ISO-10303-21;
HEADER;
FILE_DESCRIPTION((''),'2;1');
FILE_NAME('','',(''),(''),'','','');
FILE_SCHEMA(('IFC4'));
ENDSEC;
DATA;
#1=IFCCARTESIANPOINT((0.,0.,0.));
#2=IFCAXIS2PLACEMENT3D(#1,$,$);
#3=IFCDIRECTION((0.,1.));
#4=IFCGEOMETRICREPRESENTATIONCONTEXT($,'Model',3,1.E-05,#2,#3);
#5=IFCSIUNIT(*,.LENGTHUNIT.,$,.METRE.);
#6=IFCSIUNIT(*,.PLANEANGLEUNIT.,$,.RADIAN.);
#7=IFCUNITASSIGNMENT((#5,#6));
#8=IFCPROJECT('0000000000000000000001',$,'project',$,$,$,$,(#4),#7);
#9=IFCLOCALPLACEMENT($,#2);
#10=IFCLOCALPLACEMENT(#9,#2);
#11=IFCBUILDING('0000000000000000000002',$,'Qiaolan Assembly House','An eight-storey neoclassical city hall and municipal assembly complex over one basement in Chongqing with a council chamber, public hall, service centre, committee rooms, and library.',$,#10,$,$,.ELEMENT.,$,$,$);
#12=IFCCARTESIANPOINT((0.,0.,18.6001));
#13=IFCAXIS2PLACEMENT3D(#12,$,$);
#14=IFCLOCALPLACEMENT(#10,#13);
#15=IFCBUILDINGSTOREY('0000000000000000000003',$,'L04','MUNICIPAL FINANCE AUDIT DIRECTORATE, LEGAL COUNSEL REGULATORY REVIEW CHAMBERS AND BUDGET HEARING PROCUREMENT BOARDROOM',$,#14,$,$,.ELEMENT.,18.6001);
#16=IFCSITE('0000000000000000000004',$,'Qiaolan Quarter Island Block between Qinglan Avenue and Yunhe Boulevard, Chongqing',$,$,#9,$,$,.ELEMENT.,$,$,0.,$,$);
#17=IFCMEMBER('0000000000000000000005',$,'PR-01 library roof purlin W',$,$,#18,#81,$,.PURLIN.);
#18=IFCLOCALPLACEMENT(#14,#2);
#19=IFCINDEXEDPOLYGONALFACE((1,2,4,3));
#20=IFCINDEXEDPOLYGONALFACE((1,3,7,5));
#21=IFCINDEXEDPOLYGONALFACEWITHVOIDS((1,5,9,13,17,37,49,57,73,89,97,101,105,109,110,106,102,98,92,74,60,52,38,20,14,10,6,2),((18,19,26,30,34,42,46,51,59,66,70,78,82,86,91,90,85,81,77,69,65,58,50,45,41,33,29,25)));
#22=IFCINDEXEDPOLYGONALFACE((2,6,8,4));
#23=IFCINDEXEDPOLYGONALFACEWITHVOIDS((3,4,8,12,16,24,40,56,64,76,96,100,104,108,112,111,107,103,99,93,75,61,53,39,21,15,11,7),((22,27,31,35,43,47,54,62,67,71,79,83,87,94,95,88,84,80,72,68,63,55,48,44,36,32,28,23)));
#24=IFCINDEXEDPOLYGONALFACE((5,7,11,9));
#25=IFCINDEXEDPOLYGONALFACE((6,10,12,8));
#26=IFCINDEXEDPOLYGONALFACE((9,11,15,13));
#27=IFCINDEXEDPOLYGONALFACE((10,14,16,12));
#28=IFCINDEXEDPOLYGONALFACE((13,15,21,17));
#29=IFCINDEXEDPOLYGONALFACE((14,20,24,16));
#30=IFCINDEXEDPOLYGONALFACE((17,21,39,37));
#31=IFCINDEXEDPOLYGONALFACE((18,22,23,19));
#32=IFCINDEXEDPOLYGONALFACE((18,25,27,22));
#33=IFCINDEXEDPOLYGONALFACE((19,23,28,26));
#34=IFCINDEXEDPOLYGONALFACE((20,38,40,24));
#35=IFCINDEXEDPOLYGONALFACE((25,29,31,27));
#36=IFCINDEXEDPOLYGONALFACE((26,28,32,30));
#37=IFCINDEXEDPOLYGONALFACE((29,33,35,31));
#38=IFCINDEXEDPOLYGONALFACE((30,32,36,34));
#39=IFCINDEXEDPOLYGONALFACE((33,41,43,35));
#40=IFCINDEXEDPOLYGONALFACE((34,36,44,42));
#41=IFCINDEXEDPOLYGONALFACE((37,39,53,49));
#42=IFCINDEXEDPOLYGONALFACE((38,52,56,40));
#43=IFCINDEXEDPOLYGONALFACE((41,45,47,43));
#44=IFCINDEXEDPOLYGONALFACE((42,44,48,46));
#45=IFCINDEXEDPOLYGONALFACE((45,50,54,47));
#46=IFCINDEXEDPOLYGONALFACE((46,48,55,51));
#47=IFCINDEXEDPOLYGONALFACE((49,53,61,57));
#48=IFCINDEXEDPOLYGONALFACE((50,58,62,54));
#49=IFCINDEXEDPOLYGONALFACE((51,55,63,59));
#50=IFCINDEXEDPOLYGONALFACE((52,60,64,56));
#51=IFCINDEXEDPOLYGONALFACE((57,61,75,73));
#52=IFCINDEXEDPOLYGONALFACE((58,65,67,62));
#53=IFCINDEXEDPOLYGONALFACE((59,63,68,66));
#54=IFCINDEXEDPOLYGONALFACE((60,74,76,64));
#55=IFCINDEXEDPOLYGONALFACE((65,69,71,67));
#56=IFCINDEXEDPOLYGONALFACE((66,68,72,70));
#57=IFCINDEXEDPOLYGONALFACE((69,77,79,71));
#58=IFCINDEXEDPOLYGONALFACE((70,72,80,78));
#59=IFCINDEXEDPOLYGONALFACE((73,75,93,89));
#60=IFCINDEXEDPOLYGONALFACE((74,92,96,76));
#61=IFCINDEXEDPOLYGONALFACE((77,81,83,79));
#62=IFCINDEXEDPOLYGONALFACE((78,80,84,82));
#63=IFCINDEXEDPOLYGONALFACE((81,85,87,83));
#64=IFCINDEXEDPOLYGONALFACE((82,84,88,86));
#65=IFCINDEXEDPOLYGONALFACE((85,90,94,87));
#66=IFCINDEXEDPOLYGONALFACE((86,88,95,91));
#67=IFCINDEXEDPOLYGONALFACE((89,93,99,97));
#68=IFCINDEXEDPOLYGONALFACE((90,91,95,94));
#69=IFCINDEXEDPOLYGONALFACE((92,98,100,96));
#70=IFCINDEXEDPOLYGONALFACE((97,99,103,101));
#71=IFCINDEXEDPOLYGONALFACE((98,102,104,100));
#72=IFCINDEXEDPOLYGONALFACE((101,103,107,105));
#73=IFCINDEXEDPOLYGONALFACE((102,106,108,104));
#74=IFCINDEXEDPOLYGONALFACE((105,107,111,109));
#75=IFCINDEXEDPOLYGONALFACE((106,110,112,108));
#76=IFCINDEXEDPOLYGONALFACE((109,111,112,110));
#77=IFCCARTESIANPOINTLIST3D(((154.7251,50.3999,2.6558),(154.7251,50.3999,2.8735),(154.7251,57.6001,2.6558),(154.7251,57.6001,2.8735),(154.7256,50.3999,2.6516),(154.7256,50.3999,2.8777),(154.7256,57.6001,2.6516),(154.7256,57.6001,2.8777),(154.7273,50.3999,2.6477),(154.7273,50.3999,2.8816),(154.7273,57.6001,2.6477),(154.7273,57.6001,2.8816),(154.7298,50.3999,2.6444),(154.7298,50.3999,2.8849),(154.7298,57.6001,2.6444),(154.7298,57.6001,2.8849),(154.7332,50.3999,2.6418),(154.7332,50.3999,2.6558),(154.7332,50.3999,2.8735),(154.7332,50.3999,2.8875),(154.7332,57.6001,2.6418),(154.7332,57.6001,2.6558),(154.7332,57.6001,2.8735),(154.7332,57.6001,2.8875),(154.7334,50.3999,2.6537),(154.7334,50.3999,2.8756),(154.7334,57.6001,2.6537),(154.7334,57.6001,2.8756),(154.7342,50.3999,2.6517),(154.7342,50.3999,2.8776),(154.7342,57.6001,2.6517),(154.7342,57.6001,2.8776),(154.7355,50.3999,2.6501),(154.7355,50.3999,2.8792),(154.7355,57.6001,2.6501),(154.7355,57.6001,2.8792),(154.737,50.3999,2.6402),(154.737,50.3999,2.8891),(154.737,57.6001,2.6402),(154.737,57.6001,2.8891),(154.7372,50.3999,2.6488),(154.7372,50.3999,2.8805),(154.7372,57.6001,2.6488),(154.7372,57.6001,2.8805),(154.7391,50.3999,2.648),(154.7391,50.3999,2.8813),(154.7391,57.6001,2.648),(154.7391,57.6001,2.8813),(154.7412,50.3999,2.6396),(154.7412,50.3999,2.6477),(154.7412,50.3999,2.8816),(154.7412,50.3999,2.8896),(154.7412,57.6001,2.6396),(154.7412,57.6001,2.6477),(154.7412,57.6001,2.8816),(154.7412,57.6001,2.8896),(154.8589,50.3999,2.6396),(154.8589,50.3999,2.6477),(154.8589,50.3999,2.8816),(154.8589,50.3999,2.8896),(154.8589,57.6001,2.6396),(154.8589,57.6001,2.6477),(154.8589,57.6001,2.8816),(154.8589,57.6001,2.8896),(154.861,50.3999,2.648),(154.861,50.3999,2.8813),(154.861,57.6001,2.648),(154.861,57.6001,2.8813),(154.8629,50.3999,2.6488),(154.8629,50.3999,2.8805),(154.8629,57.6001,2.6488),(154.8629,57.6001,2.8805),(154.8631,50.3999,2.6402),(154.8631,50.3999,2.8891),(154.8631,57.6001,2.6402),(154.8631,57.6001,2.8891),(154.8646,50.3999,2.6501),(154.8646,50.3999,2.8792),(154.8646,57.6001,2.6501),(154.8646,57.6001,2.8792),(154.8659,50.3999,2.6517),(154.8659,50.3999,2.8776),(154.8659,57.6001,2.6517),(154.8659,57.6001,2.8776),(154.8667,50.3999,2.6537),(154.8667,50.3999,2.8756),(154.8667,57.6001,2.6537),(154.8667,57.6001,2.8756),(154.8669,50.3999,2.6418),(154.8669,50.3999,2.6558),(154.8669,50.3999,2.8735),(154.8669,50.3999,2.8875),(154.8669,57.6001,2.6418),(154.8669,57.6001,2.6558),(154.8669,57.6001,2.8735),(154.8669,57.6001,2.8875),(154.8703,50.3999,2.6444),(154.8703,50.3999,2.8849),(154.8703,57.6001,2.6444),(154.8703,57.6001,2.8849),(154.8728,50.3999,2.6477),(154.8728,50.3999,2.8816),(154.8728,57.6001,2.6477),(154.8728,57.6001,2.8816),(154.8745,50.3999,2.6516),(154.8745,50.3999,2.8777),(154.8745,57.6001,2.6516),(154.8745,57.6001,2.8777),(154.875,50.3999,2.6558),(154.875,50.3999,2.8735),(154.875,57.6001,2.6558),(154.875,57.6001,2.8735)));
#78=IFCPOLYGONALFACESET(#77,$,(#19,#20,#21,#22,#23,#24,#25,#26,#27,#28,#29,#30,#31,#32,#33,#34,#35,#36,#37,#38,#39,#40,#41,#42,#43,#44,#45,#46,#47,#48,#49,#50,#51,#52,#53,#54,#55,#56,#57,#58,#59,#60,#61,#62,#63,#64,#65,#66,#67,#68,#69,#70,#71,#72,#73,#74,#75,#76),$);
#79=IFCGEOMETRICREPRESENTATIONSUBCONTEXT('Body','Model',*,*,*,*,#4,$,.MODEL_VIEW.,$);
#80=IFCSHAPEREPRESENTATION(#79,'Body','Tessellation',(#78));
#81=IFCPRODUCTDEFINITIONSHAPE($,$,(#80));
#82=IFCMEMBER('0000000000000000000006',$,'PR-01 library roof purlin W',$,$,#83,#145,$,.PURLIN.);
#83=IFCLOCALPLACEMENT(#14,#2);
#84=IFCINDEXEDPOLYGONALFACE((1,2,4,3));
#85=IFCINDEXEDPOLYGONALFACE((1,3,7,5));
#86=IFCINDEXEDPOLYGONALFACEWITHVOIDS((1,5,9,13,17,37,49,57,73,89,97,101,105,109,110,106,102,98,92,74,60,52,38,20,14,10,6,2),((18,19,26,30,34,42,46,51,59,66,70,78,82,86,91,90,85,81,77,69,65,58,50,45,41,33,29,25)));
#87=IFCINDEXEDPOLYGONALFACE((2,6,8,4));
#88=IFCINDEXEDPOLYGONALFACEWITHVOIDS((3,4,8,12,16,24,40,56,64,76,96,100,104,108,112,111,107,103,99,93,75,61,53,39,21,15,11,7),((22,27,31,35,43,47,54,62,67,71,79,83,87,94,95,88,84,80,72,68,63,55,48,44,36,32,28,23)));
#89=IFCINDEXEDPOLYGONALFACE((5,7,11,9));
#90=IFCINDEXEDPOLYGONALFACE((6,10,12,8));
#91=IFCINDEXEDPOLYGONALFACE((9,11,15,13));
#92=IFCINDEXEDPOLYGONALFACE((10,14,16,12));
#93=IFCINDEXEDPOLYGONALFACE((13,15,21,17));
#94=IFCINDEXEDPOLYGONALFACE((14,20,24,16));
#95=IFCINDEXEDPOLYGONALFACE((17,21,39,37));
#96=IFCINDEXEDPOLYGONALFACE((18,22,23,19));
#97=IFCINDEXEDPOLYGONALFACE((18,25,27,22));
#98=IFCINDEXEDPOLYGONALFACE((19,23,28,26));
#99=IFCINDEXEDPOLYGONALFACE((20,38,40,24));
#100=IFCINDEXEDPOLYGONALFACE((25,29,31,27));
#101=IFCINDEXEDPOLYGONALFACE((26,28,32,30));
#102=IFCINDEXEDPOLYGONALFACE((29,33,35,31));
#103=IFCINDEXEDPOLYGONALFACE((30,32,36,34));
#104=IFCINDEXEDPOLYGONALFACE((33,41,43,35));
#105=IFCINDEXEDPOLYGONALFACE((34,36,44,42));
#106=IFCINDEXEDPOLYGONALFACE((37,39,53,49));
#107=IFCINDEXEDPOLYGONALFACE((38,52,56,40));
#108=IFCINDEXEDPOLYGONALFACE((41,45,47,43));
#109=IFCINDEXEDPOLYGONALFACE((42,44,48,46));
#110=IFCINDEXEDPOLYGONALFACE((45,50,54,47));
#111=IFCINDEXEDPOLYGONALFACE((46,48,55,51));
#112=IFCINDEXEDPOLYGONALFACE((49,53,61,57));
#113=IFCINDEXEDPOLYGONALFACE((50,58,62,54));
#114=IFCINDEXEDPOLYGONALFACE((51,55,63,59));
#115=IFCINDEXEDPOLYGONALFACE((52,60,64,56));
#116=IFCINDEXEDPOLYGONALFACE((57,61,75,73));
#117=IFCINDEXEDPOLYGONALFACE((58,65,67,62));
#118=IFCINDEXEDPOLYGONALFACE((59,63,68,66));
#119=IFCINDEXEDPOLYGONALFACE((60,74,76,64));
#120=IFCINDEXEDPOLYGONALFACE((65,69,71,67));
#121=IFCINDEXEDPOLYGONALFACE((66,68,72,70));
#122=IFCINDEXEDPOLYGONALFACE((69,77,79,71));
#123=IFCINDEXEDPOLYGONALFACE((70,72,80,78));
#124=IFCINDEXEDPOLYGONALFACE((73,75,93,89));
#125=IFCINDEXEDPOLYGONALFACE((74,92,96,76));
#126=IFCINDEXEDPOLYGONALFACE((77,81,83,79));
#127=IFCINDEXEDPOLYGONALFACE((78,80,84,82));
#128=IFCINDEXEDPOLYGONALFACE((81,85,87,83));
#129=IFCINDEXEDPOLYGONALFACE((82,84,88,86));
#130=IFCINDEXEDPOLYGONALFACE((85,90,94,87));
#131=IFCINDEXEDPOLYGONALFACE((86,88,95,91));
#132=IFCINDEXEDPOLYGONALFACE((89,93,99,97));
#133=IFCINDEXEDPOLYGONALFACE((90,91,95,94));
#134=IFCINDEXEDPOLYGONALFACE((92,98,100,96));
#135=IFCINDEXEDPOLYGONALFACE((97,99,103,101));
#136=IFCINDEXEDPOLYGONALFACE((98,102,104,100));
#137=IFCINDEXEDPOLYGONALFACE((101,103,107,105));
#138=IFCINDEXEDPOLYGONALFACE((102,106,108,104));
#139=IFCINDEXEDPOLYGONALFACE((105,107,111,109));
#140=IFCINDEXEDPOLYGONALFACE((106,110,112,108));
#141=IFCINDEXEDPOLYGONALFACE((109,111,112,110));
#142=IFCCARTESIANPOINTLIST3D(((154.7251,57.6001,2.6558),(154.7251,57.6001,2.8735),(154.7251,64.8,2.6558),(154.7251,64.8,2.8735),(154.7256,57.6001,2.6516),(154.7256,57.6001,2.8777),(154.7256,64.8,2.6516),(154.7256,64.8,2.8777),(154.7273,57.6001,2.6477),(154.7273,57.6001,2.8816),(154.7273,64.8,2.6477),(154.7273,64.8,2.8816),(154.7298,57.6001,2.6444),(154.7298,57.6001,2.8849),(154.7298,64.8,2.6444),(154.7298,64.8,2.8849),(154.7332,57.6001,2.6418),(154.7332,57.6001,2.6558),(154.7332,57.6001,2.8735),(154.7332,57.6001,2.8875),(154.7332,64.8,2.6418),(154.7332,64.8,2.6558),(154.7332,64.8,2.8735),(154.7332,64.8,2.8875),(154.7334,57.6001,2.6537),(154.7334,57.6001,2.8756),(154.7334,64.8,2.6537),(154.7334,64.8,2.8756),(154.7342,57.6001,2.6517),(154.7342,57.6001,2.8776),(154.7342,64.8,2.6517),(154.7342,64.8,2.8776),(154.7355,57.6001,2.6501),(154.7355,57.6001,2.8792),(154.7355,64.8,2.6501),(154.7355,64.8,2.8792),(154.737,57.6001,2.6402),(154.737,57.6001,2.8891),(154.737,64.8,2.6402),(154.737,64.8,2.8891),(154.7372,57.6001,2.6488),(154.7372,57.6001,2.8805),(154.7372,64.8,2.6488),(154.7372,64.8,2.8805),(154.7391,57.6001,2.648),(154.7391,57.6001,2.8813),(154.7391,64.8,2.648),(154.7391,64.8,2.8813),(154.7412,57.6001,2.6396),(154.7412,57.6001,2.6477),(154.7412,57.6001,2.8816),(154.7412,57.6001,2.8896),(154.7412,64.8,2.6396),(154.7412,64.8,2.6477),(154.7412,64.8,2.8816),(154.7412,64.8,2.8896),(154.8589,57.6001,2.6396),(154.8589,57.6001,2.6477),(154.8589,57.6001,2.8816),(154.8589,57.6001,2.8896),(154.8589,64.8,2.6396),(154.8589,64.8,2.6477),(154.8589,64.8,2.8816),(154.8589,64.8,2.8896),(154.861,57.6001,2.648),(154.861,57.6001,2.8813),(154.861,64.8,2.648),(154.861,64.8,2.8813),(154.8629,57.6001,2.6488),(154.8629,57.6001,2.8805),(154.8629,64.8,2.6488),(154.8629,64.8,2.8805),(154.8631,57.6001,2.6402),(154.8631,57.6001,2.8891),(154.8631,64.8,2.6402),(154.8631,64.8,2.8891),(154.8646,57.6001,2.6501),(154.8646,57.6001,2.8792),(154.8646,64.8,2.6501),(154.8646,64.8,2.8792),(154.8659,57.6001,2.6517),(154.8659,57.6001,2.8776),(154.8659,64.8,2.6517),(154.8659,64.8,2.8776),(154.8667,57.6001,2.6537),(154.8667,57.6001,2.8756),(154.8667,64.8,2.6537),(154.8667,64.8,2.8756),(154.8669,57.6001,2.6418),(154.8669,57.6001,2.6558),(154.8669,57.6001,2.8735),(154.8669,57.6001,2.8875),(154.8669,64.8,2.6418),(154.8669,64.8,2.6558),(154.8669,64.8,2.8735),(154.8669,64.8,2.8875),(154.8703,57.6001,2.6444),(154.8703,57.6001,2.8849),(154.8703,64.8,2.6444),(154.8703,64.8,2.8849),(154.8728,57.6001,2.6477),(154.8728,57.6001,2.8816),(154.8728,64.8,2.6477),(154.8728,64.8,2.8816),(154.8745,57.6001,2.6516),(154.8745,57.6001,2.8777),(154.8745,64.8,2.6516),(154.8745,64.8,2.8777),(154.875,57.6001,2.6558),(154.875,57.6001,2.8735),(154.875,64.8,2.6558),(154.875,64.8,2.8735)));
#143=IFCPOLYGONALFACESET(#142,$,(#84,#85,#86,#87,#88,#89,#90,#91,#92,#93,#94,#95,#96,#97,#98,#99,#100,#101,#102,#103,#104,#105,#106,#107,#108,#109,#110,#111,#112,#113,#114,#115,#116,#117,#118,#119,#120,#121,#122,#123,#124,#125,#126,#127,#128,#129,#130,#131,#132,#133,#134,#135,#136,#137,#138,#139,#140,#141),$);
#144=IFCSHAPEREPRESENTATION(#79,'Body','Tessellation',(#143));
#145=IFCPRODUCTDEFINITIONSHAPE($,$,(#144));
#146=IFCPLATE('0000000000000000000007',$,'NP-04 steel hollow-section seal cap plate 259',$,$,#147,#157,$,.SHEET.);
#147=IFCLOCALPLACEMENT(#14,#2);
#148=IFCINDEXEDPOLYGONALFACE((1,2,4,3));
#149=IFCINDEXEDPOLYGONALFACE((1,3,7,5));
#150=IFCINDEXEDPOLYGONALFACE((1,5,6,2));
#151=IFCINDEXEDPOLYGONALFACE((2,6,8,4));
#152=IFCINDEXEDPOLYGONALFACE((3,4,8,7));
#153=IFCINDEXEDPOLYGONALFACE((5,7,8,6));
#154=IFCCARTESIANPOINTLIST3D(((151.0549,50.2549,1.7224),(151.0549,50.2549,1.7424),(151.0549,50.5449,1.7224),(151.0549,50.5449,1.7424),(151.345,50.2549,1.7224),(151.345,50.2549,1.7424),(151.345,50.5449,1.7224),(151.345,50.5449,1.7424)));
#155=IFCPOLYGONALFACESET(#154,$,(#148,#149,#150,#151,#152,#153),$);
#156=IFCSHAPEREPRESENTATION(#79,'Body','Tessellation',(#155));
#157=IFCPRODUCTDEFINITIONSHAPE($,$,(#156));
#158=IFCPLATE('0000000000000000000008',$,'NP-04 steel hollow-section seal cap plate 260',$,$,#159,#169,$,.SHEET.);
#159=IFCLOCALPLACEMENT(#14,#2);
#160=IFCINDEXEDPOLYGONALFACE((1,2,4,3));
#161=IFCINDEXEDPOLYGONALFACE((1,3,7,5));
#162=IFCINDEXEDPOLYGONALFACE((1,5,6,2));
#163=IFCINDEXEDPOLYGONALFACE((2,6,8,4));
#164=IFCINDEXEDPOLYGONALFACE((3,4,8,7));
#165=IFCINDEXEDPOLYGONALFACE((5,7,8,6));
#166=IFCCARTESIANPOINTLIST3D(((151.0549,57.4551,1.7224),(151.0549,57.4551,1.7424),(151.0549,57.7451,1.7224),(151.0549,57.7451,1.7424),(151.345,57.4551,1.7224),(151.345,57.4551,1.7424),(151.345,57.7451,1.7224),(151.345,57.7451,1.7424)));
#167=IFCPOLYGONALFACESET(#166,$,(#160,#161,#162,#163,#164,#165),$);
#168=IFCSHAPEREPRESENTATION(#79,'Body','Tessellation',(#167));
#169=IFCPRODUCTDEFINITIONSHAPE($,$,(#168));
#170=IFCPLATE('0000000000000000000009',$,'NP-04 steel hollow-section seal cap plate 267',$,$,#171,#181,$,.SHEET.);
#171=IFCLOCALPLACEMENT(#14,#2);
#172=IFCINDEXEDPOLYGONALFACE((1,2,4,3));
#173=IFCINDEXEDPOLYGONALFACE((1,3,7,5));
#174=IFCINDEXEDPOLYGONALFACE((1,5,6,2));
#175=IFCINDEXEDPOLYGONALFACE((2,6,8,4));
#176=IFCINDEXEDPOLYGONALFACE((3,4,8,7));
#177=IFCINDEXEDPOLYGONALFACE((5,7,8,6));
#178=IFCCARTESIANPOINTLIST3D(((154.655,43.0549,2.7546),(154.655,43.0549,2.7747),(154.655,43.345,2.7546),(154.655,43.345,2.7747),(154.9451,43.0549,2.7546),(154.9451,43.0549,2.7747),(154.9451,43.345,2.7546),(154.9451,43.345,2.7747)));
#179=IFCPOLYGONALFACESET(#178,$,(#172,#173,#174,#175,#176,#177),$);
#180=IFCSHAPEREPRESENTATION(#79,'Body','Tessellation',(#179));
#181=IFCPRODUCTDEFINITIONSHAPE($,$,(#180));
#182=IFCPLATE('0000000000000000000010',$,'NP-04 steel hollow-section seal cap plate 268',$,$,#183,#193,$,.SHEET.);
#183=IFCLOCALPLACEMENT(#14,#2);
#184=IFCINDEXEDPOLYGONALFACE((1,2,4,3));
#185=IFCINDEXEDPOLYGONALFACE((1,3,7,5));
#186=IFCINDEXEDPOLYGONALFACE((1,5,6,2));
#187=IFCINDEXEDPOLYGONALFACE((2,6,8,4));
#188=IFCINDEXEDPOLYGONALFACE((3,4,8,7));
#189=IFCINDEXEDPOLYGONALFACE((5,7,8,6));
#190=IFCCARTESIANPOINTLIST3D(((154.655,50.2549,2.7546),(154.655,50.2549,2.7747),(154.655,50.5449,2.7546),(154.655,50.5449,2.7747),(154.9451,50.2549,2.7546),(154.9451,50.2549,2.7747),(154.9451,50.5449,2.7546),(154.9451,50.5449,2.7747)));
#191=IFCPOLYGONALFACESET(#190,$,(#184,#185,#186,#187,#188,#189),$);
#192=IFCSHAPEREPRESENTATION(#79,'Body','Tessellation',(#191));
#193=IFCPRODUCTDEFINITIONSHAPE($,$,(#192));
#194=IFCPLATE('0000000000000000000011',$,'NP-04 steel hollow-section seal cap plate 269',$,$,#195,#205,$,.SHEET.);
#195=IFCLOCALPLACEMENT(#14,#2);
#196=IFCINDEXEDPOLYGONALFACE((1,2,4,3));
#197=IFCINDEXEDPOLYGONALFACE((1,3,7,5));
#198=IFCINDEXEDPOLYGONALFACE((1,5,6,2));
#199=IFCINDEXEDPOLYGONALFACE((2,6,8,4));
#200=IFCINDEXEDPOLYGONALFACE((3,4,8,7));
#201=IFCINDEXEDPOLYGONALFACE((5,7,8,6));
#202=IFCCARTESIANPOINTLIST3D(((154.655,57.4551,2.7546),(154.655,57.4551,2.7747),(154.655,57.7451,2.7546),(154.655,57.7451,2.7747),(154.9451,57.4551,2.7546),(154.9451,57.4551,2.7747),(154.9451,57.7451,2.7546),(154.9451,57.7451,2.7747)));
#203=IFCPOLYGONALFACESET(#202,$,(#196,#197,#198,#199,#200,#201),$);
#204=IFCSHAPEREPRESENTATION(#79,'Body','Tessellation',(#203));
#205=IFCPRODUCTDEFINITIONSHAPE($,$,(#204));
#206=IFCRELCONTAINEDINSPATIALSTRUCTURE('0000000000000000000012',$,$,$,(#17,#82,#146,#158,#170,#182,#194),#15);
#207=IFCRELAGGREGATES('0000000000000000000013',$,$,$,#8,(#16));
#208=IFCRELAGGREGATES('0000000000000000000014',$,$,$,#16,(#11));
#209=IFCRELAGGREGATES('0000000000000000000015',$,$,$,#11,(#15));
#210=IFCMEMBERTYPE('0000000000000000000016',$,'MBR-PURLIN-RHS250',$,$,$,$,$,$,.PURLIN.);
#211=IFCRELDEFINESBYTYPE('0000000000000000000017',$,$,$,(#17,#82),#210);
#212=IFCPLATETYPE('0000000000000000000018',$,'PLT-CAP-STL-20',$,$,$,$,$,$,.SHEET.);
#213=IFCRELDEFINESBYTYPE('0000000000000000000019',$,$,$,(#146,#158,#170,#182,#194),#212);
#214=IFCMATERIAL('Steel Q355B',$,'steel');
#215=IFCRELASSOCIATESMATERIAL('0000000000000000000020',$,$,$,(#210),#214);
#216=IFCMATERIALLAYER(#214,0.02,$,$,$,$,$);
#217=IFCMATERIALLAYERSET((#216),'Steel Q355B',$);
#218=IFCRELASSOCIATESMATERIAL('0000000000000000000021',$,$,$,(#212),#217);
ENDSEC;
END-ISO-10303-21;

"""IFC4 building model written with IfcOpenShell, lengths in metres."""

from ifc_helpers import new_model, si_unit, direction, frame, origin, origin_2d, place, context, subcontext, project, spatial, rectangle, hollow_rectangle, extrude, material, layer, layer_set, material_profile, profile_set, type_object, element, save


model = new_model("IFC4")

# Units and contexts
model_context = context("Model", 3, precision=1e-05, world=origin(), true_north=direction((0.0, 1.0)))
body_context = subcontext(model_context, "Body", "Model", "MODEL_VIEW")
ifc_project = project(units=[si_unit("LENGTHUNIT", "METRE"), si_unit("PLANEANGLEUNIT", "RADIAN")], contexts=[model_context])

# Site, building, storey
site_placement = place(None, origin())
site = spatial("IfcSite", under=ifc_project, at=site_placement, Name="Qiaolan Quarter Island Block between Qinglan Avenue and Yunhe Boulevard, Chongqing", CompositionType="ELEMENT", RefElevation=0.0)
building_placement = place(site_placement, origin())
building = spatial("IfcBuilding", under=site, at=building_placement, Name="Qiaolan Assembly House", Description="An eight-storey neoclassical city hall and municipal assembly complex over one basement in Chongqing with a council chamber, public hall, service centre, committee rooms, and library.", CompositionType="ELEMENT")
storey_placement = place(building_placement, frame((0.0, 0.0, 18.6001)))
storey = spatial("IfcBuildingStorey", under=building, at=storey_placement, Name="L04", Description="MUNICIPAL FINANCE AUDIT DIRECTORATE, LEGAL COUNSEL REGULATORY REVIEW CHAMBERS AND BUDGET HEARING PROCUREMENT BOARDROOM", CompositionType="ELEMENT", Elevation=18.6001)

# Shared definitions
ifc_material = material(Name="Steel Q355B", Category="steel")

# Members
ifc_material_profile_1 = material_profile(ifc_material, hollow_rectangle(XDim=0.1499, YDim=0.25, WallThickness=0.0081, InnerFilletRadius=0.0081, OuterFilletRadius=0.0161, at=origin_2d()), Name="RHS 250x150x8")
ifc_profile_set_1 = profile_set([ifc_material_profile_1], Name="Steel Q355B")
member_type = type_object("IfcMemberType", Name="MBR-PURLIN-RHS250", PredefinedType="PURLIN", material=ifc_profile_set_1)
member_1_placement = place(storey_placement, frame((154.8, 50.3999, 2.7646), z_axis=(0.0, 1.0, 0.0), x_axis=(-1.0, 0.0, 0.0)))
element("IfcMember", 1, at=member_1_placement, inside=storey, type_object=member_type, Name="PR-01 library roof purlin W", PredefinedType="PURLIN", context=body_context, shape_type="SweptSolid", body=[
    extrude(hollow_rectangle(XDim=0.1499, YDim=0.25, WallThickness=0.0081, InnerFilletRadius=0.0081, OuterFilletRadius=0.0161, at=origin_2d()), origin(), (0.0, 0.0, 1.0), 7.2002),
])
member_2_placement = place(storey_placement, frame((154.8, 57.6001, 2.7646), z_axis=(0.0, 1.0, 0.0), x_axis=(-1.0, 0.0, 0.0)))
element("IfcMember", 2, at=member_2_placement, inside=storey, type_object=member_type, Name="PR-01 library roof purlin W", PredefinedType="PURLIN", context=body_context, shape_type="SweptSolid", body=[
    extrude(hollow_rectangle(XDim=0.1499, YDim=0.25, WallThickness=0.0081, InnerFilletRadius=0.0081, OuterFilletRadius=0.0161, at=origin_2d()), origin(), (0.0, 0.0, 1.0), 7.2),
])

# Plates
ifc_layer = layer(ifc_material, 0.02)
ifc_layer_set = layer_set([ifc_layer], Name="Steel Q355B")
plate_type = type_object("IfcPlateType", Name="PLT-CAP-STL-20", PredefinedType="SHEET", material=ifc_layer_set)
for number, where, z_axis, x_axis, name in (
    (3, (151.2, 50.3999, 1.7224), (0.0, 0.0, 1.0), (1.0, 0.0, 0.0), "NP-04 steel hollow-section seal cap plate 259"),
    (4, (151.2, 57.6001, 1.7224), (0.0, 0.0, 1.0), (1.0, 0.0, 0.0), "NP-04 steel hollow-section seal cap plate 260"),
    (5, (154.8, 43.2, 2.7546), (0.0, 0.0, 1.0), (1.0, 0.0, 0.0), "NP-04 steel hollow-section seal cap plate 267"),
    (6, (154.8, 50.3999, 2.7546), (0.0, 0.0, 1.0), (1.0, 0.0, 0.0), "NP-04 steel hollow-section seal cap plate 268"),
    (7, (154.8, 57.6001, 2.7546), (0.0, 0.0, 1.0), (1.0, 0.0, 0.0), "NP-04 steel hollow-section seal cap plate 269"),
):
    element("IfcPlate", number, at=place(storey_placement, frame(where, z_axis=z_axis, x_axis=x_axis)), inside=storey, type_object=plate_type, Name=name, PredefinedType="SHEET", context=body_context, shape_type="SweptSolid", body=[
        extrude(rectangle(XDim=0.29, YDim=0.29, at=origin_2d()), origin(), (0.0, 0.0, 1.0), 0.02),
    ])

save(model, "model.ifc")
